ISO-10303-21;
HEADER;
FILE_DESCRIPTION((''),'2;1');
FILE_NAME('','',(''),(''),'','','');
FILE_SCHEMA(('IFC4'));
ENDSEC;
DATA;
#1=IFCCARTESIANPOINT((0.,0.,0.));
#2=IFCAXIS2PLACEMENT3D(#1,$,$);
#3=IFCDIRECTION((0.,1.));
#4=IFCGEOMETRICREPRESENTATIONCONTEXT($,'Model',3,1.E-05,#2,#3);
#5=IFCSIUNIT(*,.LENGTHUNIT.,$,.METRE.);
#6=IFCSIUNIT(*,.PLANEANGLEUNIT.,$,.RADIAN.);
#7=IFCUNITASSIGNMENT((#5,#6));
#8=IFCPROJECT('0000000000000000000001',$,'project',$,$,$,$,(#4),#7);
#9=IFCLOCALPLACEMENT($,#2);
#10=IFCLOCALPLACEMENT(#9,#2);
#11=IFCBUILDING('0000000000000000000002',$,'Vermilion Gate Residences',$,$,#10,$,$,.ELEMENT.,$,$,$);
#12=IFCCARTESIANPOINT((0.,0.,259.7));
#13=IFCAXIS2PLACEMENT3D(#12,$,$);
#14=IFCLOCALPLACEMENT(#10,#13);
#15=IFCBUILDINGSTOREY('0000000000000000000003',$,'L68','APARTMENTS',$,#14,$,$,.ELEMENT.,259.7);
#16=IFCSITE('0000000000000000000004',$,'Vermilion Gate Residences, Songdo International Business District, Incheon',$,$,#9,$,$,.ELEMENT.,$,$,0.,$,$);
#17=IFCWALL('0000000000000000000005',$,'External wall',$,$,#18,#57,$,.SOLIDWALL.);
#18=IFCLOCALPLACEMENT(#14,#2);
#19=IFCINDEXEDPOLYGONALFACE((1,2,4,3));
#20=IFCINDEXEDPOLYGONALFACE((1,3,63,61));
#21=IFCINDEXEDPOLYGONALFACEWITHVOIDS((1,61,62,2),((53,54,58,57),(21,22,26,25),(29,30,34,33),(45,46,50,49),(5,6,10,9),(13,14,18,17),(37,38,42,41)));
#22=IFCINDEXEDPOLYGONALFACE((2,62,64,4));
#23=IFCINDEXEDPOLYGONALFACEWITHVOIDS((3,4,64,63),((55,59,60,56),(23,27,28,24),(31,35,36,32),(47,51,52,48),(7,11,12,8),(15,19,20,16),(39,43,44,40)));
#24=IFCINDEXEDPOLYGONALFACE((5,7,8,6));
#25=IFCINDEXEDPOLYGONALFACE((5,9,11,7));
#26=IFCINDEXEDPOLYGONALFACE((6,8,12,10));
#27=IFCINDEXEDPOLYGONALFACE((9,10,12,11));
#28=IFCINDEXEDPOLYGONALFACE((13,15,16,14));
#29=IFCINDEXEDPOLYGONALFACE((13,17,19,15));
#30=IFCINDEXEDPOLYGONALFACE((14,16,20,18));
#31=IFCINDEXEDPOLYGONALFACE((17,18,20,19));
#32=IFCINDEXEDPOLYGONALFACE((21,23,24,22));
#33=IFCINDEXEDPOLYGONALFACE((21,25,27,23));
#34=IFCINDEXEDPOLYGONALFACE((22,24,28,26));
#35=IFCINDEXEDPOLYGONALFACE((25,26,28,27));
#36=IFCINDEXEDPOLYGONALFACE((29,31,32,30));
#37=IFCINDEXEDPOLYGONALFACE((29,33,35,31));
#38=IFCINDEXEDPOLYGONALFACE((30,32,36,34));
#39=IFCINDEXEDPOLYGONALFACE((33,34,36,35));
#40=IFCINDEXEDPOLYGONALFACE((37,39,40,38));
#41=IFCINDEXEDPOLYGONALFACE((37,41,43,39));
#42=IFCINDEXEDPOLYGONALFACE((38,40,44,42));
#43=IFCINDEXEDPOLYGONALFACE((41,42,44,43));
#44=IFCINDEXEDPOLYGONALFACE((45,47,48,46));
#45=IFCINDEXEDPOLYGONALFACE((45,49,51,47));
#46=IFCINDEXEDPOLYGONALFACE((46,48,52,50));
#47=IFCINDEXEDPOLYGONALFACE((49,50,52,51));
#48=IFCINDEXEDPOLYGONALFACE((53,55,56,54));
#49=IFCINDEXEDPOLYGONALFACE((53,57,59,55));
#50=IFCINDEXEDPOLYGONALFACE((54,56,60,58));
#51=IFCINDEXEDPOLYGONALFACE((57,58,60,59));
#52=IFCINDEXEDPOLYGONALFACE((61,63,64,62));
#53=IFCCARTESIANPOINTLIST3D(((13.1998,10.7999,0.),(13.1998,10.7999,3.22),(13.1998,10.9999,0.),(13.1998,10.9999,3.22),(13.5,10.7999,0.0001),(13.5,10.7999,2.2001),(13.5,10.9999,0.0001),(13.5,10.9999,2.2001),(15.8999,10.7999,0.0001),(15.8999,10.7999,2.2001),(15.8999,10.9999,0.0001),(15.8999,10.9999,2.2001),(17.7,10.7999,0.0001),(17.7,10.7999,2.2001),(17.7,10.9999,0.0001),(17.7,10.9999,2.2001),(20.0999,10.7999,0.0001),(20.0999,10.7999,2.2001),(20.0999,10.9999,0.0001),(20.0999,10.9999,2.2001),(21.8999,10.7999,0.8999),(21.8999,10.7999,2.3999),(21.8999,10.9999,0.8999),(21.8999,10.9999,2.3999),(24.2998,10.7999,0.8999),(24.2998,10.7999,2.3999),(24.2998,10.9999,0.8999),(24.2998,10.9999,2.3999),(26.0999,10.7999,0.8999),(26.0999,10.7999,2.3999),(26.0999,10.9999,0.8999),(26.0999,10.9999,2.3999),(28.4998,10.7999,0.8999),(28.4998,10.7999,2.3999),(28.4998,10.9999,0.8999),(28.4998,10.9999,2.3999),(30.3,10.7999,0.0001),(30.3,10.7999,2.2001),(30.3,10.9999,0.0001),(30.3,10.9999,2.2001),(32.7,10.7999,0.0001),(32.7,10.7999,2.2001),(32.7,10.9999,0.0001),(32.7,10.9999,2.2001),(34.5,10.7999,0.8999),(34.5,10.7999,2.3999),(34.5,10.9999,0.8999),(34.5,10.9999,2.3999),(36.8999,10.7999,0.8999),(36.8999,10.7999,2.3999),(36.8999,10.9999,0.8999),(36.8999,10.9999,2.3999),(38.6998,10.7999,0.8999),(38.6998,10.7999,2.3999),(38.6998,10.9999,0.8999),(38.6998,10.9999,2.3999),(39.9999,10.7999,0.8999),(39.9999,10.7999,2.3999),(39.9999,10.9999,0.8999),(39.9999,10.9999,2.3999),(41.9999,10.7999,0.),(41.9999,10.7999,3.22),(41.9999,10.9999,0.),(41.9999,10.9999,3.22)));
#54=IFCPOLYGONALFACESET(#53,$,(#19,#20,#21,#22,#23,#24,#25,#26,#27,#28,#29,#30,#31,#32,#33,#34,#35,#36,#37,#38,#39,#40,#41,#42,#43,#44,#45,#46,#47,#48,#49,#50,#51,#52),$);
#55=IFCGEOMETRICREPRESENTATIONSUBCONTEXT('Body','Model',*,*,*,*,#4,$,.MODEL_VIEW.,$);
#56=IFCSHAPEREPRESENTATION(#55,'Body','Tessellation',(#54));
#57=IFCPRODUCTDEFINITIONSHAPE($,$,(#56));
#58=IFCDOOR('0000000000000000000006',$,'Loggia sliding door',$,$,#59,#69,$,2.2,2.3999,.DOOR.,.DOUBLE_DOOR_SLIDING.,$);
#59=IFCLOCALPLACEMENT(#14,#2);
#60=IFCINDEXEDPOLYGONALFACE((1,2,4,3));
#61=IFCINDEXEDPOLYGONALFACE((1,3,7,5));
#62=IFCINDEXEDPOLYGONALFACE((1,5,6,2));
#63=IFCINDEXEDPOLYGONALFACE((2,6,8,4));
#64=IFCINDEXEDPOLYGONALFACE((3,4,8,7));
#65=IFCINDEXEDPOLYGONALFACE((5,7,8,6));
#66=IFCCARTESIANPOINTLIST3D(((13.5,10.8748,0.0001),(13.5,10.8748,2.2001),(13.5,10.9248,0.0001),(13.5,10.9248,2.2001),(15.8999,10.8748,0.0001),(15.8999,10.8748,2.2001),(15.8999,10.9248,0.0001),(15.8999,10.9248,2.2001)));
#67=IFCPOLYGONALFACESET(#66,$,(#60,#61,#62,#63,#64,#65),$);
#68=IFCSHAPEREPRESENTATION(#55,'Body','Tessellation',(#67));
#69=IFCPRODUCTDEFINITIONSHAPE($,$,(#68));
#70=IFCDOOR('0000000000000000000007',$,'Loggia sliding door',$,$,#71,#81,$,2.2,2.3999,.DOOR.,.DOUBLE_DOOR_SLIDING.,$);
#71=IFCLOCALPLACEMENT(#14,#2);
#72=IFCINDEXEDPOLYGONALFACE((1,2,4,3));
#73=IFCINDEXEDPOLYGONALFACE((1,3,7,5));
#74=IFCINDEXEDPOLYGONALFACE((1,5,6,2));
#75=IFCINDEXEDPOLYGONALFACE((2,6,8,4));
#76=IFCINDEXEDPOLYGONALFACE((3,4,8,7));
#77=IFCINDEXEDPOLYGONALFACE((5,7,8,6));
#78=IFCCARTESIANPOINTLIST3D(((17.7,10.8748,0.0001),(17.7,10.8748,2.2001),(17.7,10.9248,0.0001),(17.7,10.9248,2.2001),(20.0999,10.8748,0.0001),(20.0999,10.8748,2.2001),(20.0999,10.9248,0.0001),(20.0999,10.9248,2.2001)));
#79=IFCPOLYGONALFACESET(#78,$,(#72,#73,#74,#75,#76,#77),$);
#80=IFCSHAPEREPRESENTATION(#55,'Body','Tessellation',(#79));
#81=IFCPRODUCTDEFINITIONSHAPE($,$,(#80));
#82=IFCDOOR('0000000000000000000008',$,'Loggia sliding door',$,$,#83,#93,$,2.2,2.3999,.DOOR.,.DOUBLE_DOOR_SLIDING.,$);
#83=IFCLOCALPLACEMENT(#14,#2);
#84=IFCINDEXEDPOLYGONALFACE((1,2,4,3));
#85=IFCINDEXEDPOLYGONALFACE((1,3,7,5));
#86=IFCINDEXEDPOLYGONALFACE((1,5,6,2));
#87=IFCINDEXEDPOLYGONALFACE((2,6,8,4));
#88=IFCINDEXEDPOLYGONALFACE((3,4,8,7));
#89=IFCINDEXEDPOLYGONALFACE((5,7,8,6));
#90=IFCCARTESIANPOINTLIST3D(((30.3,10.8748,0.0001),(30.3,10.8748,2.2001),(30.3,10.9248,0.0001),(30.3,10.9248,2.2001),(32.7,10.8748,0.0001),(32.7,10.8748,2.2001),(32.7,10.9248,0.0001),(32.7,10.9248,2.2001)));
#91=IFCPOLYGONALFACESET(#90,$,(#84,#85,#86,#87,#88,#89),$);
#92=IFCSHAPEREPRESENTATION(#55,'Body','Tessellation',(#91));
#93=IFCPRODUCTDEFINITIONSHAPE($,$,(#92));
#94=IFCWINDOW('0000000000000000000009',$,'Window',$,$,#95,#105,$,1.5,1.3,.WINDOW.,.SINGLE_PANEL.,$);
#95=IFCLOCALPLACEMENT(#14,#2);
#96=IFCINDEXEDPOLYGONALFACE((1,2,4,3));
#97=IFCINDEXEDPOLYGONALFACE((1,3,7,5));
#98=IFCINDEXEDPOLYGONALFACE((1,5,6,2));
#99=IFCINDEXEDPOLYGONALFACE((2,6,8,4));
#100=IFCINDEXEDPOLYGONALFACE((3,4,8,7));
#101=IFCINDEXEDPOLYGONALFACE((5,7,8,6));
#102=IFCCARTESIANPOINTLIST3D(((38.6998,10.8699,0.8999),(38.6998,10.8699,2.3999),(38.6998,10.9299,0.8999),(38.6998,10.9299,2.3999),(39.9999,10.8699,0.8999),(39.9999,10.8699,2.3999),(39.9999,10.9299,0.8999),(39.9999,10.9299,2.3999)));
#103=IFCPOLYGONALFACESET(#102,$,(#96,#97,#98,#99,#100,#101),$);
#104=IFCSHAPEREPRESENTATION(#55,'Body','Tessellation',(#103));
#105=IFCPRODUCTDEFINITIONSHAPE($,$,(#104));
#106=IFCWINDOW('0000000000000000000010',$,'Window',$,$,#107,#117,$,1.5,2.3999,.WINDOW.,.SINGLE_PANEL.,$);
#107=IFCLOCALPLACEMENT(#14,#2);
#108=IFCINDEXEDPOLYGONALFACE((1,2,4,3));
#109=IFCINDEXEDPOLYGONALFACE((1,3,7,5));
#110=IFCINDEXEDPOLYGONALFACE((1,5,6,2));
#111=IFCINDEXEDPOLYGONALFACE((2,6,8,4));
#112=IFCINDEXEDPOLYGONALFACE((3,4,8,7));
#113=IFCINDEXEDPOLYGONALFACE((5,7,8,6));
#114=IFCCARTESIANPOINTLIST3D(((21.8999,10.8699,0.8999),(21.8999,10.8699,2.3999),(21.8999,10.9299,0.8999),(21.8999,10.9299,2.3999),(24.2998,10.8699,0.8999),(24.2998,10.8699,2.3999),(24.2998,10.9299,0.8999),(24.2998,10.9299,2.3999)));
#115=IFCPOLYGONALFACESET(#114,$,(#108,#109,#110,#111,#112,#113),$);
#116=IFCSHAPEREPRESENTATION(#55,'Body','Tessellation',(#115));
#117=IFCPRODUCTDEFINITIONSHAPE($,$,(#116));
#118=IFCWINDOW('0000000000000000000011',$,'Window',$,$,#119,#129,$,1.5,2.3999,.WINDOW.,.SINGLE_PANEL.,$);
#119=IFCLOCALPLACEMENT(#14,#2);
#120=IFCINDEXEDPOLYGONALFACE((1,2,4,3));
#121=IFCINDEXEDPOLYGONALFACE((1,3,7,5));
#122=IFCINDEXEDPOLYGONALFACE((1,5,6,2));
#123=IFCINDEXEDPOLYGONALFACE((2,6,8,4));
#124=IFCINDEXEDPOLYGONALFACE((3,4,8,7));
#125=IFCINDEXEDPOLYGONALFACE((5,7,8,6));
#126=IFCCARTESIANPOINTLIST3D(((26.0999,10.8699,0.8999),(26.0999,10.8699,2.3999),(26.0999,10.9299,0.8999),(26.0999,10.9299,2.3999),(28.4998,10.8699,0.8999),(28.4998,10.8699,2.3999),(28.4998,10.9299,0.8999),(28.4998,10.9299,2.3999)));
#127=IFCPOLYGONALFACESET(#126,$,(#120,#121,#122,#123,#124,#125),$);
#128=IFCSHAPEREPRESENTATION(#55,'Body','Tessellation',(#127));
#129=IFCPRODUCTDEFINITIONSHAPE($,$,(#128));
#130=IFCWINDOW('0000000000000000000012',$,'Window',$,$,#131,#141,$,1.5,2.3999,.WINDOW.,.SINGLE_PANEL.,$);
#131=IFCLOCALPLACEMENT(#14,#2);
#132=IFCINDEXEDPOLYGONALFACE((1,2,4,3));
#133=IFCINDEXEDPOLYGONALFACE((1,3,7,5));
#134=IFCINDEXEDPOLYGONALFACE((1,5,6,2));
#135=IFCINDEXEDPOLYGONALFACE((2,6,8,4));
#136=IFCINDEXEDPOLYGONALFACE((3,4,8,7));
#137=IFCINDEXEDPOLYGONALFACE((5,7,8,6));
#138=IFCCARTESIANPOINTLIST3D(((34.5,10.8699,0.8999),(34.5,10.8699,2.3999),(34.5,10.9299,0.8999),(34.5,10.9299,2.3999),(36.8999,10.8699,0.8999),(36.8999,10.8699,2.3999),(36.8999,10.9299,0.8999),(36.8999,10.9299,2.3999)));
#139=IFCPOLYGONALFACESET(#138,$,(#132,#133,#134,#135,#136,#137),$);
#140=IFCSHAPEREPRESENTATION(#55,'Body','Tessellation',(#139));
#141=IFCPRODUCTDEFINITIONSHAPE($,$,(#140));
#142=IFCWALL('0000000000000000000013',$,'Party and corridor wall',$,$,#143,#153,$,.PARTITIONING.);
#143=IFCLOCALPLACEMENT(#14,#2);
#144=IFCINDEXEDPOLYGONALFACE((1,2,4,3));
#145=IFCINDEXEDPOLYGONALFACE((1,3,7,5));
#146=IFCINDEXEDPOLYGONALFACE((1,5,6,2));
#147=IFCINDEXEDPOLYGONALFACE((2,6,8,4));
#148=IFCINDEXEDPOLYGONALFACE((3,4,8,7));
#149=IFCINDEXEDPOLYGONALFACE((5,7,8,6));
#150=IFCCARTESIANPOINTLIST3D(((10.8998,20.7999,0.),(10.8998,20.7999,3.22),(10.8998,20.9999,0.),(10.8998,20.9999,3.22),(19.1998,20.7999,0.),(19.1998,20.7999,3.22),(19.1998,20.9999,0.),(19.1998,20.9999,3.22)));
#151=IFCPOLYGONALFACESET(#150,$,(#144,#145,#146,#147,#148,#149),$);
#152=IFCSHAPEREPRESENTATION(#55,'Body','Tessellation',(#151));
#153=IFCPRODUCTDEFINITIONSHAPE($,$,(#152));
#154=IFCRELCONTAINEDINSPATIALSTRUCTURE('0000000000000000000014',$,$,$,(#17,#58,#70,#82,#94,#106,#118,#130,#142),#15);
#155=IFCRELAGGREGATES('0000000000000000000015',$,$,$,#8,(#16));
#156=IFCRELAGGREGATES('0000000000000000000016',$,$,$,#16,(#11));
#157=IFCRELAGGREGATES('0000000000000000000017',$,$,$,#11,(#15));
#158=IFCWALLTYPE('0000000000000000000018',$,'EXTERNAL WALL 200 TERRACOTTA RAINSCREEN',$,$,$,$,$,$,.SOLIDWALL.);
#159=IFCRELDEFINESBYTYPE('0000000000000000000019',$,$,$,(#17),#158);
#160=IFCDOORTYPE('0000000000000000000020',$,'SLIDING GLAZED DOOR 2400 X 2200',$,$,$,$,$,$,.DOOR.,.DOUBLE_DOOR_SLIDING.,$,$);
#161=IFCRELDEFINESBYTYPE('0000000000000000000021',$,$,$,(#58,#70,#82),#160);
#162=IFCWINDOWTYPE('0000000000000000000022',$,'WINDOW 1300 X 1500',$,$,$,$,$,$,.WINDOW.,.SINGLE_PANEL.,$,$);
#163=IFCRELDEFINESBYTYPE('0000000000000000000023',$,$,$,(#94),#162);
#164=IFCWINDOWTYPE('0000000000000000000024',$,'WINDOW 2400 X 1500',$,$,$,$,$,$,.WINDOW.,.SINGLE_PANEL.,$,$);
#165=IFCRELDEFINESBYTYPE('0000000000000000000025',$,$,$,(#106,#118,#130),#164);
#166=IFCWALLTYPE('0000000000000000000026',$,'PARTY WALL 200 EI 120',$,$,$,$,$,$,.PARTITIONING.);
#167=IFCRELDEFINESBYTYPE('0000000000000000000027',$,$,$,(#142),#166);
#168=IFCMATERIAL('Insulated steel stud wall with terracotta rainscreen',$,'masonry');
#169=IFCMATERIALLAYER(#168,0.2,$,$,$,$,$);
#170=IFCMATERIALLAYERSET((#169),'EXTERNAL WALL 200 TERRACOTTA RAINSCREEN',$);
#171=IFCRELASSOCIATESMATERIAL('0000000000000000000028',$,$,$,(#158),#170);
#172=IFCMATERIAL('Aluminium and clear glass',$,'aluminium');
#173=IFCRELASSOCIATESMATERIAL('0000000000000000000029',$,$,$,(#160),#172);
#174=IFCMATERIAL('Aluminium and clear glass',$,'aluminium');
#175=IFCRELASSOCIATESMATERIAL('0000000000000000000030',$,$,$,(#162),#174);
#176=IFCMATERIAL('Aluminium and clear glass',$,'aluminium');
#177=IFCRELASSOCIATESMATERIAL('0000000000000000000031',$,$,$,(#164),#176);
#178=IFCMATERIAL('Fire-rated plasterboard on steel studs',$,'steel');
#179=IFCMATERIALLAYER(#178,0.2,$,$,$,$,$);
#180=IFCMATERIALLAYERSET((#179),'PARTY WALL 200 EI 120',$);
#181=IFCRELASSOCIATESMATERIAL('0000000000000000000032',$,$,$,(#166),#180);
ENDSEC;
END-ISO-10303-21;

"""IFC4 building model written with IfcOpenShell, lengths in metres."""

from ifc_helpers import new_model, si_unit, direction, frame, frame_2d, origin, place, context, subcontext, project, spatial, rectangle, extrude, material, layer, layer_set, type_object, element, fill, save


model = new_model("IFC4")

# Units and contexts
model_context = context("Model", 3, precision=1e-05, world=origin(), true_north=direction((0.0, 1.0)))
body_context = subcontext(model_context, "Body", "Model", "MODEL_VIEW")
ifc_project = project(units=[si_unit("LENGTHUNIT", "METRE"), si_unit("PLANEANGLEUNIT", "RADIAN")], contexts=[model_context])

# Site, building, storey
site_placement = place(None, origin())
site = spatial("IfcSite", under=ifc_project, at=site_placement, Name="Vermilion Gate Residences, Songdo International Business District, Incheon", CompositionType="ELEMENT", RefElevation=0.0)
building_placement = place(site_placement, origin())
building = spatial("IfcBuilding", under=site, at=building_placement, Name="Vermilion Gate Residences", CompositionType="ELEMENT")
storey_placement = place(building_placement, frame((0.0, 0.0, 259.7)))
storey = spatial("IfcBuildingStorey", under=building, at=storey_placement, Name="L68", Description="APARTMENTS", CompositionType="ELEMENT", Elevation=259.7)

# Shared definitions
ifc_material_1 = material(Name="Insulated steel stud wall with terracotta rainscreen", Category="masonry")
ifc_layer_1 = layer(ifc_material_1, 0.2)
ifc_layer_set_1 = layer_set([ifc_layer_1], Name="EXTERNAL WALL 200 TERRACOTTA RAINSCREEN")
wall_type_1 = type_object("IfcWallType", Name="EXTERNAL WALL 200 TERRACOTTA RAINSCREEN", PredefinedType="SOLIDWALL", material=ifc_layer_set_1)

# Wall, openings, doors, windows
wall_1_placement = place(storey_placement, frame((13.2, 10.8999, 0.0), z_axis=(0.0, 0.0, 1.0), x_axis=(1.0, 0.0, 0.0)))
wall_1 = element("IfcWall", 1, at=wall_1_placement, inside=storey, type_object=wall_type_1, Name="External wall", PredefinedType="SOLIDWALL", context=body_context, shape_type="SweptSolid", body=[
    extrude(rectangle(XDim=28.8, YDim=0.2, at=frame_2d((14.3999, 0.0))), origin(), (0.0, 0.0, 1.0), 3.22),
])
opening_1_placement = place(wall_1_placement, frame((0.3, 0.0, 0.0)))
opening_1 = element("IfcOpeningElement", 2, at=opening_1_placement, cuts=wall_1, PredefinedType="OPENING", context=body_context, shape_type="SweptSolid", body=[
    extrude(rectangle(XDim=2.3999, YDim=2.2, at=frame_2d((1.2, 1.1001))), frame((0.0, 0.1099, 0.0), z_axis=(0.0, -1.0, 0.0), x_axis=(1.0, 0.0, 0.0)), (0.0, 0.0, 1.0), 0.22),
])
opening_2_placement = place(wall_1_placement, frame((4.5, 0.0, 0.0)))
opening_2 = element("IfcOpeningElement", 3, at=opening_2_placement, cuts=wall_1, PredefinedType="OPENING", context=body_context, shape_type="SweptSolid", body=[
    extrude(rectangle(XDim=2.3999, YDim=2.2, at=frame_2d((1.2, 1.1001))), frame((0.0, 0.1099, 0.0), z_axis=(0.0, -1.0, 0.0), x_axis=(1.0, 0.0, 0.0)), (0.0, 0.0, 1.0), 0.22),
])
opening_3_placement = place(wall_1_placement, frame((8.7, 0.0, 0.8999)))
opening_3 = element("IfcOpeningElement", 4, at=opening_3_placement, cuts=wall_1, PredefinedType="OPENING", context=body_context, shape_type="SweptSolid", body=[
    extrude(rectangle(XDim=2.3999, YDim=1.5, at=frame_2d((1.2, 0.75))), frame((0.0, 0.1099, 0.0), z_axis=(0.0, -1.0, 0.0), x_axis=(1.0, 0.0, 0.0)), (0.0, 0.0, 1.0), 0.22),
])
opening_4_placement = place(wall_1_placement, frame((12.8999, 0.0, 0.8999)))
opening_4 = element("IfcOpeningElement", 5, at=opening_4_placement, cuts=wall_1, PredefinedType="OPENING", context=body_context, shape_type="SweptSolid", body=[
    extrude(rectangle(XDim=2.3999, YDim=1.5, at=frame_2d((1.2, 0.75))), frame((0.0, 0.1099, 0.0), z_axis=(0.0, -1.0, 0.0), x_axis=(1.0, 0.0, 0.0)), (0.0, 0.0, 1.0), 0.22),
])
opening_5_placement = place(wall_1_placement, frame((17.1001, 0.0, 0.0)))
opening_5 = element("IfcOpeningElement", 6, at=opening_5_placement, cuts=wall_1, PredefinedType="OPENING", context=body_context, shape_type="SweptSolid", body=[
    extrude(rectangle(XDim=2.3999, YDim=2.2, at=frame_2d((1.2, 1.1001))), frame((0.0, 0.1099, 0.0), z_axis=(0.0, -1.0, 0.0), x_axis=(1.0, 0.0, 0.0)), (0.0, 0.0, 1.0), 0.22),
])
opening_6_placement = place(wall_1_placement, frame((21.3, 0.0, 0.8999)))
opening_6 = element("IfcOpeningElement", 7, at=opening_6_placement, cuts=wall_1, PredefinedType="OPENING", context=body_context, shape_type="SweptSolid", body=[
    extrude(rectangle(XDim=2.3999, YDim=1.5, at=frame_2d((1.2, 0.75))), frame((0.0, 0.1099, 0.0), z_axis=(0.0, -1.0, 0.0), x_axis=(1.0, 0.0, 0.0)), (0.0, 0.0, 1.0), 0.22),
])
opening_7_placement = place(wall_1_placement, frame((25.5, 0.0, 0.8999)))
opening_7 = element("IfcOpeningElement", 8, at=opening_7_placement, cuts=wall_1, PredefinedType="OPENING", context=body_context, shape_type="SweptSolid", body=[
    extrude(rectangle(XDim=1.3, YDim=1.5, at=frame_2d((0.6499, 0.75))), frame((0.0, 0.1099, 0.0), z_axis=(0.0, -1.0, 0.0), x_axis=(1.0, 0.0, 0.0)), (0.0, 0.0, 1.0), 0.22),
])
ifc_material_2 = material(Name="Aluminium and clear glass", Category="aluminium")
door_type = type_object("IfcDoorType", Name="SLIDING GLAZED DOOR 2400 X 2200", OperationType="DOUBLE_DOOR_SLIDING", PredefinedType="DOOR", material=ifc_material_2)
door_1_placement = place(opening_1_placement, origin())
door_1 = element("IfcDoor", 9, at=door_1_placement, inside=storey, type_object=door_type, Name="Loggia sliding door", OperationType="DOUBLE_DOOR_SLIDING", OverallHeight=2.2, OverallWidth=2.3999, PredefinedType="DOOR", context=body_context, shape_type="SweptSolid", body=[
    extrude(rectangle(XDim=2.3999, YDim=2.2, at=frame_2d((1.2, 1.1001))), frame((0.0, 0.0249, 0.0), z_axis=(0.0, -1.0, 0.0), x_axis=(1.0, 0.0, 0.0)), (0.0, 0.0, 1.0), 0.05),
])
fill(opening_1, door_1)
door_2_placement = place(opening_2_placement, origin())
door_2 = element("IfcDoor", 10, at=door_2_placement, inside=storey, type_object=door_type, Name="Loggia sliding door", OperationType="DOUBLE_DOOR_SLIDING", OverallHeight=2.2, OverallWidth=2.3999, PredefinedType="DOOR", context=body_context, shape_type="SweptSolid", body=[
    extrude(rectangle(XDim=2.3999, YDim=2.2, at=frame_2d((1.2, 1.1001))), frame((0.0, 0.0249, 0.0), z_axis=(0.0, -1.0, 0.0), x_axis=(1.0, 0.0, 0.0)), (0.0, 0.0, 1.0), 0.05),
])
fill(opening_2, door_2)
door_3_placement = place(opening_5_placement, origin())
door_3 = element("IfcDoor", 11, at=door_3_placement, inside=storey, type_object=door_type, Name="Loggia sliding door", OperationType="DOUBLE_DOOR_SLIDING", OverallHeight=2.2, OverallWidth=2.3999, PredefinedType="DOOR", context=body_context, shape_type="SweptSolid", body=[
    extrude(rectangle(XDim=2.3999, YDim=2.2, at=frame_2d((1.2, 1.1001))), frame((0.0, 0.0249, 0.0), z_axis=(0.0, -1.0, 0.0), x_axis=(1.0, 0.0, 0.0)), (0.0, 0.0, 1.0), 0.05),
])
fill(opening_5, door_3)
ifc_material_3 = material(Name="Aluminium and clear glass", Category="aluminium")
window_type_1 = type_object("IfcWindowType", Name="WINDOW 1300 X 1500", PartitioningType="SINGLE_PANEL", PredefinedType="WINDOW", material=ifc_material_3)
window_1_placement = place(opening_7_placement, origin())
window_1 = element("IfcWindow", 12, at=window_1_placement, inside=storey, type_object=window_type_1, Name="Window", OverallHeight=1.5, OverallWidth=1.3, PartitioningType="SINGLE_PANEL", PredefinedType="WINDOW", context=body_context, shape_type="SweptSolid", body=[
    extrude(rectangle(XDim=1.3, YDim=1.5, at=frame_2d((0.6499, 0.75))), frame((0.0, 0.03, 0.0), z_axis=(0.0, -1.0, 0.0), x_axis=(1.0, 0.0, 0.0)), (0.0, 0.0, 1.0), 0.0601),
])
fill(opening_7, window_1)
ifc_material_4 = material(Name="Aluminium and clear glass", Category="aluminium")
window_type_2 = type_object("IfcWindowType", Name="WINDOW 2400 X 1500", PartitioningType="SINGLE_PANEL", PredefinedType="WINDOW", material=ifc_material_4)
window_2_placement = place(opening_3_placement, origin())
window_2 = element("IfcWindow", 13, at=window_2_placement, inside=storey, type_object=window_type_2, Name="Window", OverallHeight=1.5, OverallWidth=2.3999, PartitioningType="SINGLE_PANEL", PredefinedType="WINDOW", context=body_context, shape_type="SweptSolid", body=[
    extrude(rectangle(XDim=2.3999, YDim=1.5, at=frame_2d((1.2, 0.75))), frame((0.0, 0.03, 0.0), z_axis=(0.0, -1.0, 0.0), x_axis=(1.0, 0.0, 0.0)), (0.0, 0.0, 1.0), 0.0601),
])
fill(opening_3, window_2)
window_3_placement = place(opening_4_placement, origin())
window_3 = element("IfcWindow", 14, at=window_3_placement, inside=storey, type_object=window_type_2, Name="Window", OverallHeight=1.5, OverallWidth=2.3999, PartitioningType="SINGLE_PANEL", PredefinedType="WINDOW", context=body_context, shape_type="SweptSolid", body=[
    extrude(rectangle(XDim=2.3999, YDim=1.5, at=frame_2d((1.2, 0.75))), frame((0.0, 0.03, 0.0), z_axis=(0.0, -1.0, 0.0), x_axis=(1.0, 0.0, 0.0)), (0.0, 0.0, 1.0), 0.0601),
])
fill(opening_4, window_3)
window_4_placement = place(opening_6_placement, origin())
window_4 = element("IfcWindow", 15, at=window_4_placement, inside=storey, type_object=window_type_2, Name="Window", OverallHeight=1.5, OverallWidth=2.3999, PartitioningType="SINGLE_PANEL", PredefinedType="WINDOW", context=body_context, shape_type="SweptSolid", body=[
    extrude(rectangle(XDim=2.3999, YDim=1.5, at=frame_2d((1.2, 0.75))), frame((0.0, 0.03, 0.0), z_axis=(0.0, -1.0, 0.0), x_axis=(1.0, 0.0, 0.0)), (0.0, 0.0, 1.0), 0.0601),
])
fill(opening_6, window_4)

# Wall
ifc_material_5 = material(Name="Fire-rated plasterboard on steel studs", Category="steel")
ifc_layer_2 = layer(ifc_material_5, 0.2)
ifc_layer_set_2 = layer_set([ifc_layer_2], Name="PARTY WALL 200 EI 120")
wall_type_2 = type_object("IfcWallType", Name="PARTY WALL 200 EI 120", PredefinedType="PARTITIONING", material=ifc_layer_set_2)
wall_2_placement = place(storey_placement, frame((10.8999, 20.8999, 0.0), z_axis=(0.0, 0.0, 1.0), x_axis=(1.0, 0.0, 0.0)))
element("IfcWall", 16, at=wall_2_placement, inside=storey, type_object=wall_type_2, Name="Party and corridor wall", PredefinedType="PARTITIONING", context=body_context, shape_type="SweptSolid", body=[
    extrude(rectangle(XDim=8.3, YDim=0.2, at=frame_2d((4.1499, 0.0))), origin(), (0.0, 0.0, 1.0), 3.22),
])

save(model, "model.ifc")
